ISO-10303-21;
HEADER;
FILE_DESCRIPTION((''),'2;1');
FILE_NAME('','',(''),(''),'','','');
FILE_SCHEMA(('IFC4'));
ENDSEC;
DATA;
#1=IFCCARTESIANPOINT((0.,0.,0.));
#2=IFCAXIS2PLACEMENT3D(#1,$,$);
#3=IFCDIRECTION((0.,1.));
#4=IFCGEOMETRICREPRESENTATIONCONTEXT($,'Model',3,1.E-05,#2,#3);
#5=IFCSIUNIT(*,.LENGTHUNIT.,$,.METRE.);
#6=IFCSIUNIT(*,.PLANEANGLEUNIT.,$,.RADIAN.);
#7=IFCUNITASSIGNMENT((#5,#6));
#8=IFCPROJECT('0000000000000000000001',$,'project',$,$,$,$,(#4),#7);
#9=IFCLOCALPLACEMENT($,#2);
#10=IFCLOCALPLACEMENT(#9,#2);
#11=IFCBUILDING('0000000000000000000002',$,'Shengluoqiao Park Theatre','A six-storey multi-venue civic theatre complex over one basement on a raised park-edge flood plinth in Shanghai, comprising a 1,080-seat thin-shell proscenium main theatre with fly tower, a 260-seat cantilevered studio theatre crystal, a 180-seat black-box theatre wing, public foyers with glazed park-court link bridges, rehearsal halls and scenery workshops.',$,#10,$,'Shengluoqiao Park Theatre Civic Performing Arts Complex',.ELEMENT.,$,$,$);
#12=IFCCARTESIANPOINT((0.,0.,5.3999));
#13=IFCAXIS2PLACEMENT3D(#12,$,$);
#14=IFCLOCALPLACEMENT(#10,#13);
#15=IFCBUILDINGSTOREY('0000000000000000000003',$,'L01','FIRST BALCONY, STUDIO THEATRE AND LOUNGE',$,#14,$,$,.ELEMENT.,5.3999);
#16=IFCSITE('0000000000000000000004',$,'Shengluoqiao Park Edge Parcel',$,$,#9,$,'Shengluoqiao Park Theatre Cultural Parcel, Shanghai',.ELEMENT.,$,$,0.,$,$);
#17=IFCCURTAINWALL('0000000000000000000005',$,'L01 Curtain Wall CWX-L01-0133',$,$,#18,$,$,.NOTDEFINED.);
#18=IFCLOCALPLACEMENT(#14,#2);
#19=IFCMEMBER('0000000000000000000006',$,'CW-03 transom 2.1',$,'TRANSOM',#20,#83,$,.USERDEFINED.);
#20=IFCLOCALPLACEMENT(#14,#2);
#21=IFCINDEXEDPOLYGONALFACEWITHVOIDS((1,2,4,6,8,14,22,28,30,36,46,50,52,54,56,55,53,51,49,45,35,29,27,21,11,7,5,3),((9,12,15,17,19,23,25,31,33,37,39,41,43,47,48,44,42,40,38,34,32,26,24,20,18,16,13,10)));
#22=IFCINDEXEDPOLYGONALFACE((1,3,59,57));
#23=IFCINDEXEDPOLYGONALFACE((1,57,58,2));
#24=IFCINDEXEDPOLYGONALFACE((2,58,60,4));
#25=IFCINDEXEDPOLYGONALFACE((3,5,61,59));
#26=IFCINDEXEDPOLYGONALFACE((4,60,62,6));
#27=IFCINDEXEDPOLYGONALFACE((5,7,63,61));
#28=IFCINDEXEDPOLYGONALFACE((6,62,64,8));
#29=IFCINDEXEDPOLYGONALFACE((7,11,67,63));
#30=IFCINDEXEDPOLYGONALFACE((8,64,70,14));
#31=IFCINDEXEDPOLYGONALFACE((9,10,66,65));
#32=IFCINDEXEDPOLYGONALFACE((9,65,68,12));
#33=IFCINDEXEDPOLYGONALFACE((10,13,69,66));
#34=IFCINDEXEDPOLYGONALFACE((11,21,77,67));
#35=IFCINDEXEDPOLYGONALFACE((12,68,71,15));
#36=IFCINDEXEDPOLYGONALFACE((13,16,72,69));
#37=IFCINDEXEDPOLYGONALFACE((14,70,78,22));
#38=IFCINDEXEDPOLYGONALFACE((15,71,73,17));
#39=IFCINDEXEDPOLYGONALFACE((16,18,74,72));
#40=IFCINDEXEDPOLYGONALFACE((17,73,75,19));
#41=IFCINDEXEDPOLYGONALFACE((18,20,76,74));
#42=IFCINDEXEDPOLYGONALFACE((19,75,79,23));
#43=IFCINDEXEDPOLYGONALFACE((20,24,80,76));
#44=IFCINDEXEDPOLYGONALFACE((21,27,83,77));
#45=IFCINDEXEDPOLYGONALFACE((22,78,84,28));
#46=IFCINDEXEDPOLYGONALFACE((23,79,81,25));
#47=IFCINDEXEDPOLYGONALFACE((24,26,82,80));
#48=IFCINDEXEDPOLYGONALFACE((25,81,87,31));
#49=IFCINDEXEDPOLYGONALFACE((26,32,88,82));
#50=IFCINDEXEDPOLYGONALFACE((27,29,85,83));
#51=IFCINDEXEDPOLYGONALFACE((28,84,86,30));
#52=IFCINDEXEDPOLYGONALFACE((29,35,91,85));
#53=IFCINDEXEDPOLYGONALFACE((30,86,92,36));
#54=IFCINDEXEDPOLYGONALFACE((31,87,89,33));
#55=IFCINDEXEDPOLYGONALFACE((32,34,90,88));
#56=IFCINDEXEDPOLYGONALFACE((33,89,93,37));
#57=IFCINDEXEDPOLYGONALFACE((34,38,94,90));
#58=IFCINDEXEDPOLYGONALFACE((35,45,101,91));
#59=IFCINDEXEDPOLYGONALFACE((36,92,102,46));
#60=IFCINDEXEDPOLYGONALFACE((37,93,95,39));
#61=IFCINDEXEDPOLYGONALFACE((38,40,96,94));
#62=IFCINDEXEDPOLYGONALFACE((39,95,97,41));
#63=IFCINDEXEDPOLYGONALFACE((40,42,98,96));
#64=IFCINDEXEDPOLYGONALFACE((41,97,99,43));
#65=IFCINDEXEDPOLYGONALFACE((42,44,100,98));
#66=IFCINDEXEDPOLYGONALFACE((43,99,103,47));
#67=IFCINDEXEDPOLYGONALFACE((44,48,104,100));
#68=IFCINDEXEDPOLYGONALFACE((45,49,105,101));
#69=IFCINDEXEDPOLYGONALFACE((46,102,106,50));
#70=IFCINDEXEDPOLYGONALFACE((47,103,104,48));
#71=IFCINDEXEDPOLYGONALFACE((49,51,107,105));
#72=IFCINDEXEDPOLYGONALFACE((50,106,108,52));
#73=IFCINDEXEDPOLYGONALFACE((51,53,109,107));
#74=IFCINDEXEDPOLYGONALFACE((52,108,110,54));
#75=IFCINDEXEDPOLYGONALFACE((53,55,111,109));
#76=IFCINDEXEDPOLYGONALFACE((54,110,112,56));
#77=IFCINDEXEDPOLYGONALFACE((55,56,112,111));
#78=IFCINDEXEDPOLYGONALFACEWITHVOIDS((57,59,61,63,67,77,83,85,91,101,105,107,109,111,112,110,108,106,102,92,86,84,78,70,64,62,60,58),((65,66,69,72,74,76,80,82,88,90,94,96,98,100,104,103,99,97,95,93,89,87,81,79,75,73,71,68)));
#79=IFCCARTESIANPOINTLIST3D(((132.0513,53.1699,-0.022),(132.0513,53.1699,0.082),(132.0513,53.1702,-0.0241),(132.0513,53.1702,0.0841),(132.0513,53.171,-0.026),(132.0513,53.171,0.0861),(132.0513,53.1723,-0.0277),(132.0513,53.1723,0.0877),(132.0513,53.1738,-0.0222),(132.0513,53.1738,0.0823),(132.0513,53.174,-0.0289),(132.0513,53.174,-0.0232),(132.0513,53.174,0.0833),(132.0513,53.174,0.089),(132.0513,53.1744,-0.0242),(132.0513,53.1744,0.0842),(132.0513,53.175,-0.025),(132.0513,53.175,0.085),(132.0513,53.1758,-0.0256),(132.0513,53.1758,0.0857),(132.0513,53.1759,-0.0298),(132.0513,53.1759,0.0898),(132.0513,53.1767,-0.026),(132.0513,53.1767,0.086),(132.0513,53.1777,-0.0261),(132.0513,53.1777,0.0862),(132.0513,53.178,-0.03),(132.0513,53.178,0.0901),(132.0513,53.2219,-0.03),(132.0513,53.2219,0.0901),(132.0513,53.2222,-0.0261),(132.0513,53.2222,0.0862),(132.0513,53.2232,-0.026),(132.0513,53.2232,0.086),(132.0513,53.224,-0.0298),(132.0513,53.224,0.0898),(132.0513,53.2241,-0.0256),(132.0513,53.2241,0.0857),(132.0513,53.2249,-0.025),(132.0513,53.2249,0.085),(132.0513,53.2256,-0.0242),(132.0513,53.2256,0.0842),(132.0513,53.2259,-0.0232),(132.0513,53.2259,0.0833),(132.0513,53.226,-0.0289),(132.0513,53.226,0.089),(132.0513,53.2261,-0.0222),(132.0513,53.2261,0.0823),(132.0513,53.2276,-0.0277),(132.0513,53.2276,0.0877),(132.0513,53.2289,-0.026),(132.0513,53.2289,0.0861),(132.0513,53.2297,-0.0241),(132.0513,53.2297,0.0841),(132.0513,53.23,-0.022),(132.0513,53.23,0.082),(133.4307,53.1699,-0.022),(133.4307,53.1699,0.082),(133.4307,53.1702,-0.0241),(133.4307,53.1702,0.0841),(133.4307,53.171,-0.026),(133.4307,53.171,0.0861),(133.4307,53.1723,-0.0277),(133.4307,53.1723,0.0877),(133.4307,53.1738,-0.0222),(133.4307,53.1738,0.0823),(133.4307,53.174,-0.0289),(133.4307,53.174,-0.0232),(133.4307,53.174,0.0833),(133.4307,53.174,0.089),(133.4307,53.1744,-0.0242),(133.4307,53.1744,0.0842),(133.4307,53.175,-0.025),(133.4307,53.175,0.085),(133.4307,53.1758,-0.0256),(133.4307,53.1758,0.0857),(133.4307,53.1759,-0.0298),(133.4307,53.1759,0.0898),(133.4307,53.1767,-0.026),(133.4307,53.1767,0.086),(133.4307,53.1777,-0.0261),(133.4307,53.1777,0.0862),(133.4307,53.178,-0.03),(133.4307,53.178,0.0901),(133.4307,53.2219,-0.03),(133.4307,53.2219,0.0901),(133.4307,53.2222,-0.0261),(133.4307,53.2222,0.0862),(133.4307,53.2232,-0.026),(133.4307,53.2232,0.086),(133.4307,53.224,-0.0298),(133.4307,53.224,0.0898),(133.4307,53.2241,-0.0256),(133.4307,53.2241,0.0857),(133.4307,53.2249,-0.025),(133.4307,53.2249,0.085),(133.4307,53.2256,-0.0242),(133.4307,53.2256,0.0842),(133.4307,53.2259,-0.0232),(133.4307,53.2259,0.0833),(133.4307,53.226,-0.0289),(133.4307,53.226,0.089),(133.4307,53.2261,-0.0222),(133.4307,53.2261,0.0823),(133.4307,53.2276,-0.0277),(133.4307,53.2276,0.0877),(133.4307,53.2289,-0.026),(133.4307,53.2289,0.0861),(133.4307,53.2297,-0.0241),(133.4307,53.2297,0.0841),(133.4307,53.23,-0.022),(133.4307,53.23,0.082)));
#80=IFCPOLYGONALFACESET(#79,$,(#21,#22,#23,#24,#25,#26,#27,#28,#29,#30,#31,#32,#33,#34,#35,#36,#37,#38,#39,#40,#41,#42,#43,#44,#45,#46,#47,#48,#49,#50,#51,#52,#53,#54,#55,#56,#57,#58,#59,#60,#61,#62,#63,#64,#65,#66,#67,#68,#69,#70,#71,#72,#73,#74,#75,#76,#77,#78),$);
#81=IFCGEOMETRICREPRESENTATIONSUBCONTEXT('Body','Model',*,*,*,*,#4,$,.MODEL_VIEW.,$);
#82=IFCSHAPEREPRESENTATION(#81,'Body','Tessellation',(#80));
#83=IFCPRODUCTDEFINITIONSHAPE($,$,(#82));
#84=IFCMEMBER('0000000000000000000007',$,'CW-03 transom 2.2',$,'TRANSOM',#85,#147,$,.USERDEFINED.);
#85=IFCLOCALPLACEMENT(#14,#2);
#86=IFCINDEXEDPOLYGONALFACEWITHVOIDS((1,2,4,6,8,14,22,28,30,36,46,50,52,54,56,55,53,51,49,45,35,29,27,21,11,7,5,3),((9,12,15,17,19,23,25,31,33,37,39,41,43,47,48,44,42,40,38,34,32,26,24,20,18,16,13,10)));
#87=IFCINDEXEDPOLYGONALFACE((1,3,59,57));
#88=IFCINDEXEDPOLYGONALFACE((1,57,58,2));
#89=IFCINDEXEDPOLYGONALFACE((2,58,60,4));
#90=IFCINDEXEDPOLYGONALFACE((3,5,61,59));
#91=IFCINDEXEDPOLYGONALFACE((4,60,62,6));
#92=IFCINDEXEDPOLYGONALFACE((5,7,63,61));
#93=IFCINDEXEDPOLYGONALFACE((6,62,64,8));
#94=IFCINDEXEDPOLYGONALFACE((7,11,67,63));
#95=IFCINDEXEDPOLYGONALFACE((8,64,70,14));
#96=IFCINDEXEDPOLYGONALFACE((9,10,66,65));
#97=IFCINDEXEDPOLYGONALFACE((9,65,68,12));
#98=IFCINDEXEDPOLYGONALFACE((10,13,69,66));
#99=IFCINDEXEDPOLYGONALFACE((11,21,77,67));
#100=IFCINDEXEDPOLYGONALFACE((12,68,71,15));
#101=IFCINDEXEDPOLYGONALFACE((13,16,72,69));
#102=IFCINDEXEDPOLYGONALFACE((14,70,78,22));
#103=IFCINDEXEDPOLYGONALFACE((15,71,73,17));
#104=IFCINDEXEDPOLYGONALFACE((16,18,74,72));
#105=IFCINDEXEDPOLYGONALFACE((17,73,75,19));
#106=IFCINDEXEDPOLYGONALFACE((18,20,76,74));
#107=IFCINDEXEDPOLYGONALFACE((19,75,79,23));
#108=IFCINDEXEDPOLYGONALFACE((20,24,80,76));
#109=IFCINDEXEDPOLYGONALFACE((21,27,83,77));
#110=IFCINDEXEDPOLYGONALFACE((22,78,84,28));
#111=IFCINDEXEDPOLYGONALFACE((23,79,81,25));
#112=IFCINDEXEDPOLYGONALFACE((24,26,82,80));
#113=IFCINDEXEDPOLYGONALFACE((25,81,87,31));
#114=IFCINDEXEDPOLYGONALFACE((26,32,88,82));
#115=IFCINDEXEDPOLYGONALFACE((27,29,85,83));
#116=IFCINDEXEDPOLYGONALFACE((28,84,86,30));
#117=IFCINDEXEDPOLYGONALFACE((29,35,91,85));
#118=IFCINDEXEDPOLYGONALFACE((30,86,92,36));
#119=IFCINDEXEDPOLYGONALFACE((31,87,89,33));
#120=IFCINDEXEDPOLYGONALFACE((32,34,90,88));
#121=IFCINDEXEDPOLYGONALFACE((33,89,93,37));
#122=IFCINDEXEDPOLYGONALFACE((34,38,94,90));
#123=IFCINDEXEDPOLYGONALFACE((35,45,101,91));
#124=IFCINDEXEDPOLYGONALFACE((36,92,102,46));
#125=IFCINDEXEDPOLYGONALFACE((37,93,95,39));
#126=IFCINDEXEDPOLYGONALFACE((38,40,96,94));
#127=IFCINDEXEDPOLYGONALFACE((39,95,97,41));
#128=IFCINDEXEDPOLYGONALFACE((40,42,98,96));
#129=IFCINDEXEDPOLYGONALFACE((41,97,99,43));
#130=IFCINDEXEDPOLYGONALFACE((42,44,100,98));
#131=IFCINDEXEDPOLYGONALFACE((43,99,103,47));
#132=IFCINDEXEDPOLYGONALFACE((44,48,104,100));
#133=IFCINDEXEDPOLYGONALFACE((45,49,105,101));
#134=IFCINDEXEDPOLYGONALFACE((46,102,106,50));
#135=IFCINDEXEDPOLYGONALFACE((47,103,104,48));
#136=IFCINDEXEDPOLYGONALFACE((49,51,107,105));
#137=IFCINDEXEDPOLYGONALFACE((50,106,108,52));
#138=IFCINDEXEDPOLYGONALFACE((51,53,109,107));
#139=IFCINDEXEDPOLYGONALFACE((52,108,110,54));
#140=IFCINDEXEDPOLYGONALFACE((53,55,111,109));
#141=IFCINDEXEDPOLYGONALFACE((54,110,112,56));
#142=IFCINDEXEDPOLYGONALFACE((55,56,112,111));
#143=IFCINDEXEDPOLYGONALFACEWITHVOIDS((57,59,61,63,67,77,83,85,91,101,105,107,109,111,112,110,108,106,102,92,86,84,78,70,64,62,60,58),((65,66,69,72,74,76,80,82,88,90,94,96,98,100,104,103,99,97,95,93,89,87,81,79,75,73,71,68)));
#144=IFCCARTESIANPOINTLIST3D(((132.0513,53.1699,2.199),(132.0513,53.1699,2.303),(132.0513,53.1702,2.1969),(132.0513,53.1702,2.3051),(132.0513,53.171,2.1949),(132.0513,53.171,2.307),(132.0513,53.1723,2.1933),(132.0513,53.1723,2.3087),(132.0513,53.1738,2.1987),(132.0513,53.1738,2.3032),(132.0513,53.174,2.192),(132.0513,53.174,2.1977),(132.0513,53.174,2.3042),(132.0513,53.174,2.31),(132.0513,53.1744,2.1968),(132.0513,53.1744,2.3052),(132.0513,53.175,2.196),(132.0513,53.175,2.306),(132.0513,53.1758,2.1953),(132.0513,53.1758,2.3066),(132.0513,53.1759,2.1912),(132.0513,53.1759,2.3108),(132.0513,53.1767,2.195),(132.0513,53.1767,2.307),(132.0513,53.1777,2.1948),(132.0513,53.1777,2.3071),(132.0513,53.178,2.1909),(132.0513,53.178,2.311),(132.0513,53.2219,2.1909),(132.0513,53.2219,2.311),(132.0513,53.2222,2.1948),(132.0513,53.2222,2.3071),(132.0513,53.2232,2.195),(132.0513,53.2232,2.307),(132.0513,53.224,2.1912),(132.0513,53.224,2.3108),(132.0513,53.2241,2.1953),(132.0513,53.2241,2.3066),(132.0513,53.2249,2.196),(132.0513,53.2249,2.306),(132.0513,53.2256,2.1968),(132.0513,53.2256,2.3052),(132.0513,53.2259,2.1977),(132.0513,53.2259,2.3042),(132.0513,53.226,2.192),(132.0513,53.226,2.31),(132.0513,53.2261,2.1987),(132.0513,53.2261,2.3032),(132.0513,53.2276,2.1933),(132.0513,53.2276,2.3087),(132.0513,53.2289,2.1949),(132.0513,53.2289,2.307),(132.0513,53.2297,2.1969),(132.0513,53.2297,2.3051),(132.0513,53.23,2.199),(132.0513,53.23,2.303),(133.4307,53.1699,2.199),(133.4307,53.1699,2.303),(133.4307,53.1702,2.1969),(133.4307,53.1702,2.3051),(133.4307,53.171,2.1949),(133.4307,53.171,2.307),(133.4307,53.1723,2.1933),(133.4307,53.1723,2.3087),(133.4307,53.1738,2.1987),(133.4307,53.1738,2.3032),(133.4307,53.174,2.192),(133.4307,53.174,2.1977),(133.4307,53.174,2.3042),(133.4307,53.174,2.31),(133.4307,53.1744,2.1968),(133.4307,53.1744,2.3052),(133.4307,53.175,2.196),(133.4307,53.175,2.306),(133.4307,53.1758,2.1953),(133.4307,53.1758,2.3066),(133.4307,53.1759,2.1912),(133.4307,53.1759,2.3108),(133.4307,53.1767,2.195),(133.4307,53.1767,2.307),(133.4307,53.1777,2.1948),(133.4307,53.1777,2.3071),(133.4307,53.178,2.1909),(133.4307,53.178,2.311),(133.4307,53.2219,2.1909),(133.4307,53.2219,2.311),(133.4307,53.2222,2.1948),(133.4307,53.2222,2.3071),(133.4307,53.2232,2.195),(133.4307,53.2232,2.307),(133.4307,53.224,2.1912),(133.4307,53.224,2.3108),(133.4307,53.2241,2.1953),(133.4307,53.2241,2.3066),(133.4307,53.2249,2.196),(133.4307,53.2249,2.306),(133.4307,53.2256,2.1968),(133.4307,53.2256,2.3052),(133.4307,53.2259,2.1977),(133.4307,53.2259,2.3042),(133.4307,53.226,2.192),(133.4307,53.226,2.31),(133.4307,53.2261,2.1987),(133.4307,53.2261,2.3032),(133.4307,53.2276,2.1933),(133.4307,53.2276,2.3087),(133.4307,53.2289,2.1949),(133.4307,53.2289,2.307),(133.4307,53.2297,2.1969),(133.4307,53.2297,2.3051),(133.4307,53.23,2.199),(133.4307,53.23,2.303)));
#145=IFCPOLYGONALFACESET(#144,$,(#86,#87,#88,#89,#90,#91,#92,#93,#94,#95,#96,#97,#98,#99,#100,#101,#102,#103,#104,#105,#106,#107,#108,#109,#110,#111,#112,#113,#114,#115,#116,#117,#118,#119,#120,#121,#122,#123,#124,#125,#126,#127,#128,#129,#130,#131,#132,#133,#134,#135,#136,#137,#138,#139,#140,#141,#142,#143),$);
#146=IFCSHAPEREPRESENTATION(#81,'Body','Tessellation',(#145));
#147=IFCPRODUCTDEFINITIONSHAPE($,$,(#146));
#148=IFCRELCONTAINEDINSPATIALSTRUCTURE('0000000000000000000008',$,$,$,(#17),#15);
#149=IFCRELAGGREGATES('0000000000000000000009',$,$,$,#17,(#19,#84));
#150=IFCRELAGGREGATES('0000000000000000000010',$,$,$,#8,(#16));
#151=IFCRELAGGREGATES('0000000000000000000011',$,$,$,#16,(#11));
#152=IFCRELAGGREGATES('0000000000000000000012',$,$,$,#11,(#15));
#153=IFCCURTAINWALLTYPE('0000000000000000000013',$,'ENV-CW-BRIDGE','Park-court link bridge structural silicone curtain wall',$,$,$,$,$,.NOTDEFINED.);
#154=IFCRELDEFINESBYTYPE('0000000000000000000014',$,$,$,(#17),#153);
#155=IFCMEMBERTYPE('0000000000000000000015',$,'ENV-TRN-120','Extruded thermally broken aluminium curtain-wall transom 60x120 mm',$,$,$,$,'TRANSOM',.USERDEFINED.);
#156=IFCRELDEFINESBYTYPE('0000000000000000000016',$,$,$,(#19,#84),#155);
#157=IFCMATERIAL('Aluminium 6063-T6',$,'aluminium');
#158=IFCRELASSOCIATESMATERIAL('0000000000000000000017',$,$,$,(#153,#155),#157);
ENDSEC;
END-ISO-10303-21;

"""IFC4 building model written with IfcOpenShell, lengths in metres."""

from ifc_helpers import new_model, si_unit, direction, frame, origin, origin_2d, place, context, subcontext, project, spatial, hollow_rectangle, extrude, material, material_profile, profile_set, type_object, element, aggregate, save


model = new_model("IFC4")

# Units and contexts
model_context = context("Model", 3, precision=1e-05, world=origin(), true_north=direction((0.0, 1.0)))
body_context = subcontext(model_context, "Body", "Model", "MODEL_VIEW")
ifc_project = project(units=[si_unit("LENGTHUNIT", "METRE"), si_unit("PLANEANGLEUNIT", "RADIAN")], contexts=[model_context])

# Site, building, storey
site_placement = place(None, origin())
site = spatial("IfcSite", under=ifc_project, at=site_placement, Name="Shengluoqiao Park Edge Parcel", LongName="Shengluoqiao Park Theatre Cultural Parcel, Shanghai", CompositionType="ELEMENT", RefElevation=0.0)
building_placement = place(site_placement, origin())
building = spatial("IfcBuilding", under=site, at=building_placement, Name="Shengluoqiao Park Theatre", Description="A six-storey multi-venue civic theatre complex over one basement on a raised park-edge flood plinth in Shanghai, comprising a 1,080-seat thin-shell proscenium main theatre with fly tower, a 260-seat cantilevered studio theatre crystal, a 180-seat black-box theatre wing, public foyers with glazed park-court link bridges, rehearsal halls and scenery workshops.", LongName="Shengluoqiao Park Theatre Civic Performing Arts Complex", CompositionType="ELEMENT")
storey_placement = place(building_placement, frame((0.0, 0.0, 5.3999)))
storey = spatial("IfcBuildingStorey", under=building, at=storey_placement, Name="L01", Description="FIRST BALCONY, STUDIO THEATRE AND LOUNGE", CompositionType="ELEMENT", Elevation=5.3999)

# Shared definitions
ifc_material_1 = material(Name="Aluminium 6063-T6", Category="aluminium")
curtain_wall_type = type_object("IfcCurtainWallType", Name="ENV-CW-BRIDGE", Description="Park-court link bridge structural silicone curtain wall", PredefinedType="NOTDEFINED", material=ifc_material_1)

# Curtain wall, members
curtain_wall_1_placement = place(storey_placement, origin())
curtain_wall_1 = element("IfcCurtainWall", 1, at=curtain_wall_1_placement, inside=storey, type_object=curtain_wall_type, Name="L01 Curtain Wall CWX-L01-0133", PredefinedType="NOTDEFINED")
ifc_material_profile_1 = material_profile(ifc_material_1, hollow_rectangle(XDim=0.0601, YDim=0.1201, WallThickness=0.0039, InnerFilletRadius=0.0039, OuterFilletRadius=0.0081, at=origin_2d()), Name="ALU TRANSOM 120x60x4")
ifc_profile_set_1 = profile_set([ifc_material_profile_1], Name="Aluminium 6063-T6")
member_type_1 = type_object("IfcMemberType", Name="ENV-TRN-120", Description="Extruded thermally broken aluminium curtain-wall transom 60x120 mm", ElementType="TRANSOM", PredefinedType="USERDEFINED", material=ifc_profile_set_1)
member_1_placement = place(storey_placement, frame((132.0513, 53.2, 0.03), z_axis=(1.0, 0.0, 0.0), x_axis=(0.0, 1.0, 0.0)))
member_1 = element("IfcMember", 2, at=member_1_placement, type_object=member_type_1, Name="CW-03 transom 2.1", ObjectType="TRANSOM", PredefinedType="USERDEFINED", context=body_context, shape_type="SweptSolid", body=[
    extrude(hollow_rectangle(XDim=0.0601, YDim=0.1201, WallThickness=0.0039, InnerFilletRadius=0.0039, OuterFilletRadius=0.0081, at=origin_2d()), origin(), (0.0, 0.0, 1.0), 1.3794),
])
member_2_placement = place(storey_placement, frame((132.0513, 53.2, 2.251), z_axis=(1.0, 0.0, 0.0), x_axis=(0.0, 1.0, 0.0)))
member_2 = element("IfcMember", 3, at=member_2_placement, type_object=member_type_1, Name="CW-03 transom 2.2", ObjectType="TRANSOM", PredefinedType="USERDEFINED", context=body_context, shape_type="SweptSolid", body=[
    extrude(hollow_rectangle(XDim=0.0601, YDim=0.1201, WallThickness=0.0039, InnerFilletRadius=0.0039, OuterFilletRadius=0.0081, at=origin_2d()), origin(), (0.0, 0.0, 1.0), 1.3794),
])

aggregate(curtain_wall_1, [member_1, member_2])

save(model, "model.ifc")
